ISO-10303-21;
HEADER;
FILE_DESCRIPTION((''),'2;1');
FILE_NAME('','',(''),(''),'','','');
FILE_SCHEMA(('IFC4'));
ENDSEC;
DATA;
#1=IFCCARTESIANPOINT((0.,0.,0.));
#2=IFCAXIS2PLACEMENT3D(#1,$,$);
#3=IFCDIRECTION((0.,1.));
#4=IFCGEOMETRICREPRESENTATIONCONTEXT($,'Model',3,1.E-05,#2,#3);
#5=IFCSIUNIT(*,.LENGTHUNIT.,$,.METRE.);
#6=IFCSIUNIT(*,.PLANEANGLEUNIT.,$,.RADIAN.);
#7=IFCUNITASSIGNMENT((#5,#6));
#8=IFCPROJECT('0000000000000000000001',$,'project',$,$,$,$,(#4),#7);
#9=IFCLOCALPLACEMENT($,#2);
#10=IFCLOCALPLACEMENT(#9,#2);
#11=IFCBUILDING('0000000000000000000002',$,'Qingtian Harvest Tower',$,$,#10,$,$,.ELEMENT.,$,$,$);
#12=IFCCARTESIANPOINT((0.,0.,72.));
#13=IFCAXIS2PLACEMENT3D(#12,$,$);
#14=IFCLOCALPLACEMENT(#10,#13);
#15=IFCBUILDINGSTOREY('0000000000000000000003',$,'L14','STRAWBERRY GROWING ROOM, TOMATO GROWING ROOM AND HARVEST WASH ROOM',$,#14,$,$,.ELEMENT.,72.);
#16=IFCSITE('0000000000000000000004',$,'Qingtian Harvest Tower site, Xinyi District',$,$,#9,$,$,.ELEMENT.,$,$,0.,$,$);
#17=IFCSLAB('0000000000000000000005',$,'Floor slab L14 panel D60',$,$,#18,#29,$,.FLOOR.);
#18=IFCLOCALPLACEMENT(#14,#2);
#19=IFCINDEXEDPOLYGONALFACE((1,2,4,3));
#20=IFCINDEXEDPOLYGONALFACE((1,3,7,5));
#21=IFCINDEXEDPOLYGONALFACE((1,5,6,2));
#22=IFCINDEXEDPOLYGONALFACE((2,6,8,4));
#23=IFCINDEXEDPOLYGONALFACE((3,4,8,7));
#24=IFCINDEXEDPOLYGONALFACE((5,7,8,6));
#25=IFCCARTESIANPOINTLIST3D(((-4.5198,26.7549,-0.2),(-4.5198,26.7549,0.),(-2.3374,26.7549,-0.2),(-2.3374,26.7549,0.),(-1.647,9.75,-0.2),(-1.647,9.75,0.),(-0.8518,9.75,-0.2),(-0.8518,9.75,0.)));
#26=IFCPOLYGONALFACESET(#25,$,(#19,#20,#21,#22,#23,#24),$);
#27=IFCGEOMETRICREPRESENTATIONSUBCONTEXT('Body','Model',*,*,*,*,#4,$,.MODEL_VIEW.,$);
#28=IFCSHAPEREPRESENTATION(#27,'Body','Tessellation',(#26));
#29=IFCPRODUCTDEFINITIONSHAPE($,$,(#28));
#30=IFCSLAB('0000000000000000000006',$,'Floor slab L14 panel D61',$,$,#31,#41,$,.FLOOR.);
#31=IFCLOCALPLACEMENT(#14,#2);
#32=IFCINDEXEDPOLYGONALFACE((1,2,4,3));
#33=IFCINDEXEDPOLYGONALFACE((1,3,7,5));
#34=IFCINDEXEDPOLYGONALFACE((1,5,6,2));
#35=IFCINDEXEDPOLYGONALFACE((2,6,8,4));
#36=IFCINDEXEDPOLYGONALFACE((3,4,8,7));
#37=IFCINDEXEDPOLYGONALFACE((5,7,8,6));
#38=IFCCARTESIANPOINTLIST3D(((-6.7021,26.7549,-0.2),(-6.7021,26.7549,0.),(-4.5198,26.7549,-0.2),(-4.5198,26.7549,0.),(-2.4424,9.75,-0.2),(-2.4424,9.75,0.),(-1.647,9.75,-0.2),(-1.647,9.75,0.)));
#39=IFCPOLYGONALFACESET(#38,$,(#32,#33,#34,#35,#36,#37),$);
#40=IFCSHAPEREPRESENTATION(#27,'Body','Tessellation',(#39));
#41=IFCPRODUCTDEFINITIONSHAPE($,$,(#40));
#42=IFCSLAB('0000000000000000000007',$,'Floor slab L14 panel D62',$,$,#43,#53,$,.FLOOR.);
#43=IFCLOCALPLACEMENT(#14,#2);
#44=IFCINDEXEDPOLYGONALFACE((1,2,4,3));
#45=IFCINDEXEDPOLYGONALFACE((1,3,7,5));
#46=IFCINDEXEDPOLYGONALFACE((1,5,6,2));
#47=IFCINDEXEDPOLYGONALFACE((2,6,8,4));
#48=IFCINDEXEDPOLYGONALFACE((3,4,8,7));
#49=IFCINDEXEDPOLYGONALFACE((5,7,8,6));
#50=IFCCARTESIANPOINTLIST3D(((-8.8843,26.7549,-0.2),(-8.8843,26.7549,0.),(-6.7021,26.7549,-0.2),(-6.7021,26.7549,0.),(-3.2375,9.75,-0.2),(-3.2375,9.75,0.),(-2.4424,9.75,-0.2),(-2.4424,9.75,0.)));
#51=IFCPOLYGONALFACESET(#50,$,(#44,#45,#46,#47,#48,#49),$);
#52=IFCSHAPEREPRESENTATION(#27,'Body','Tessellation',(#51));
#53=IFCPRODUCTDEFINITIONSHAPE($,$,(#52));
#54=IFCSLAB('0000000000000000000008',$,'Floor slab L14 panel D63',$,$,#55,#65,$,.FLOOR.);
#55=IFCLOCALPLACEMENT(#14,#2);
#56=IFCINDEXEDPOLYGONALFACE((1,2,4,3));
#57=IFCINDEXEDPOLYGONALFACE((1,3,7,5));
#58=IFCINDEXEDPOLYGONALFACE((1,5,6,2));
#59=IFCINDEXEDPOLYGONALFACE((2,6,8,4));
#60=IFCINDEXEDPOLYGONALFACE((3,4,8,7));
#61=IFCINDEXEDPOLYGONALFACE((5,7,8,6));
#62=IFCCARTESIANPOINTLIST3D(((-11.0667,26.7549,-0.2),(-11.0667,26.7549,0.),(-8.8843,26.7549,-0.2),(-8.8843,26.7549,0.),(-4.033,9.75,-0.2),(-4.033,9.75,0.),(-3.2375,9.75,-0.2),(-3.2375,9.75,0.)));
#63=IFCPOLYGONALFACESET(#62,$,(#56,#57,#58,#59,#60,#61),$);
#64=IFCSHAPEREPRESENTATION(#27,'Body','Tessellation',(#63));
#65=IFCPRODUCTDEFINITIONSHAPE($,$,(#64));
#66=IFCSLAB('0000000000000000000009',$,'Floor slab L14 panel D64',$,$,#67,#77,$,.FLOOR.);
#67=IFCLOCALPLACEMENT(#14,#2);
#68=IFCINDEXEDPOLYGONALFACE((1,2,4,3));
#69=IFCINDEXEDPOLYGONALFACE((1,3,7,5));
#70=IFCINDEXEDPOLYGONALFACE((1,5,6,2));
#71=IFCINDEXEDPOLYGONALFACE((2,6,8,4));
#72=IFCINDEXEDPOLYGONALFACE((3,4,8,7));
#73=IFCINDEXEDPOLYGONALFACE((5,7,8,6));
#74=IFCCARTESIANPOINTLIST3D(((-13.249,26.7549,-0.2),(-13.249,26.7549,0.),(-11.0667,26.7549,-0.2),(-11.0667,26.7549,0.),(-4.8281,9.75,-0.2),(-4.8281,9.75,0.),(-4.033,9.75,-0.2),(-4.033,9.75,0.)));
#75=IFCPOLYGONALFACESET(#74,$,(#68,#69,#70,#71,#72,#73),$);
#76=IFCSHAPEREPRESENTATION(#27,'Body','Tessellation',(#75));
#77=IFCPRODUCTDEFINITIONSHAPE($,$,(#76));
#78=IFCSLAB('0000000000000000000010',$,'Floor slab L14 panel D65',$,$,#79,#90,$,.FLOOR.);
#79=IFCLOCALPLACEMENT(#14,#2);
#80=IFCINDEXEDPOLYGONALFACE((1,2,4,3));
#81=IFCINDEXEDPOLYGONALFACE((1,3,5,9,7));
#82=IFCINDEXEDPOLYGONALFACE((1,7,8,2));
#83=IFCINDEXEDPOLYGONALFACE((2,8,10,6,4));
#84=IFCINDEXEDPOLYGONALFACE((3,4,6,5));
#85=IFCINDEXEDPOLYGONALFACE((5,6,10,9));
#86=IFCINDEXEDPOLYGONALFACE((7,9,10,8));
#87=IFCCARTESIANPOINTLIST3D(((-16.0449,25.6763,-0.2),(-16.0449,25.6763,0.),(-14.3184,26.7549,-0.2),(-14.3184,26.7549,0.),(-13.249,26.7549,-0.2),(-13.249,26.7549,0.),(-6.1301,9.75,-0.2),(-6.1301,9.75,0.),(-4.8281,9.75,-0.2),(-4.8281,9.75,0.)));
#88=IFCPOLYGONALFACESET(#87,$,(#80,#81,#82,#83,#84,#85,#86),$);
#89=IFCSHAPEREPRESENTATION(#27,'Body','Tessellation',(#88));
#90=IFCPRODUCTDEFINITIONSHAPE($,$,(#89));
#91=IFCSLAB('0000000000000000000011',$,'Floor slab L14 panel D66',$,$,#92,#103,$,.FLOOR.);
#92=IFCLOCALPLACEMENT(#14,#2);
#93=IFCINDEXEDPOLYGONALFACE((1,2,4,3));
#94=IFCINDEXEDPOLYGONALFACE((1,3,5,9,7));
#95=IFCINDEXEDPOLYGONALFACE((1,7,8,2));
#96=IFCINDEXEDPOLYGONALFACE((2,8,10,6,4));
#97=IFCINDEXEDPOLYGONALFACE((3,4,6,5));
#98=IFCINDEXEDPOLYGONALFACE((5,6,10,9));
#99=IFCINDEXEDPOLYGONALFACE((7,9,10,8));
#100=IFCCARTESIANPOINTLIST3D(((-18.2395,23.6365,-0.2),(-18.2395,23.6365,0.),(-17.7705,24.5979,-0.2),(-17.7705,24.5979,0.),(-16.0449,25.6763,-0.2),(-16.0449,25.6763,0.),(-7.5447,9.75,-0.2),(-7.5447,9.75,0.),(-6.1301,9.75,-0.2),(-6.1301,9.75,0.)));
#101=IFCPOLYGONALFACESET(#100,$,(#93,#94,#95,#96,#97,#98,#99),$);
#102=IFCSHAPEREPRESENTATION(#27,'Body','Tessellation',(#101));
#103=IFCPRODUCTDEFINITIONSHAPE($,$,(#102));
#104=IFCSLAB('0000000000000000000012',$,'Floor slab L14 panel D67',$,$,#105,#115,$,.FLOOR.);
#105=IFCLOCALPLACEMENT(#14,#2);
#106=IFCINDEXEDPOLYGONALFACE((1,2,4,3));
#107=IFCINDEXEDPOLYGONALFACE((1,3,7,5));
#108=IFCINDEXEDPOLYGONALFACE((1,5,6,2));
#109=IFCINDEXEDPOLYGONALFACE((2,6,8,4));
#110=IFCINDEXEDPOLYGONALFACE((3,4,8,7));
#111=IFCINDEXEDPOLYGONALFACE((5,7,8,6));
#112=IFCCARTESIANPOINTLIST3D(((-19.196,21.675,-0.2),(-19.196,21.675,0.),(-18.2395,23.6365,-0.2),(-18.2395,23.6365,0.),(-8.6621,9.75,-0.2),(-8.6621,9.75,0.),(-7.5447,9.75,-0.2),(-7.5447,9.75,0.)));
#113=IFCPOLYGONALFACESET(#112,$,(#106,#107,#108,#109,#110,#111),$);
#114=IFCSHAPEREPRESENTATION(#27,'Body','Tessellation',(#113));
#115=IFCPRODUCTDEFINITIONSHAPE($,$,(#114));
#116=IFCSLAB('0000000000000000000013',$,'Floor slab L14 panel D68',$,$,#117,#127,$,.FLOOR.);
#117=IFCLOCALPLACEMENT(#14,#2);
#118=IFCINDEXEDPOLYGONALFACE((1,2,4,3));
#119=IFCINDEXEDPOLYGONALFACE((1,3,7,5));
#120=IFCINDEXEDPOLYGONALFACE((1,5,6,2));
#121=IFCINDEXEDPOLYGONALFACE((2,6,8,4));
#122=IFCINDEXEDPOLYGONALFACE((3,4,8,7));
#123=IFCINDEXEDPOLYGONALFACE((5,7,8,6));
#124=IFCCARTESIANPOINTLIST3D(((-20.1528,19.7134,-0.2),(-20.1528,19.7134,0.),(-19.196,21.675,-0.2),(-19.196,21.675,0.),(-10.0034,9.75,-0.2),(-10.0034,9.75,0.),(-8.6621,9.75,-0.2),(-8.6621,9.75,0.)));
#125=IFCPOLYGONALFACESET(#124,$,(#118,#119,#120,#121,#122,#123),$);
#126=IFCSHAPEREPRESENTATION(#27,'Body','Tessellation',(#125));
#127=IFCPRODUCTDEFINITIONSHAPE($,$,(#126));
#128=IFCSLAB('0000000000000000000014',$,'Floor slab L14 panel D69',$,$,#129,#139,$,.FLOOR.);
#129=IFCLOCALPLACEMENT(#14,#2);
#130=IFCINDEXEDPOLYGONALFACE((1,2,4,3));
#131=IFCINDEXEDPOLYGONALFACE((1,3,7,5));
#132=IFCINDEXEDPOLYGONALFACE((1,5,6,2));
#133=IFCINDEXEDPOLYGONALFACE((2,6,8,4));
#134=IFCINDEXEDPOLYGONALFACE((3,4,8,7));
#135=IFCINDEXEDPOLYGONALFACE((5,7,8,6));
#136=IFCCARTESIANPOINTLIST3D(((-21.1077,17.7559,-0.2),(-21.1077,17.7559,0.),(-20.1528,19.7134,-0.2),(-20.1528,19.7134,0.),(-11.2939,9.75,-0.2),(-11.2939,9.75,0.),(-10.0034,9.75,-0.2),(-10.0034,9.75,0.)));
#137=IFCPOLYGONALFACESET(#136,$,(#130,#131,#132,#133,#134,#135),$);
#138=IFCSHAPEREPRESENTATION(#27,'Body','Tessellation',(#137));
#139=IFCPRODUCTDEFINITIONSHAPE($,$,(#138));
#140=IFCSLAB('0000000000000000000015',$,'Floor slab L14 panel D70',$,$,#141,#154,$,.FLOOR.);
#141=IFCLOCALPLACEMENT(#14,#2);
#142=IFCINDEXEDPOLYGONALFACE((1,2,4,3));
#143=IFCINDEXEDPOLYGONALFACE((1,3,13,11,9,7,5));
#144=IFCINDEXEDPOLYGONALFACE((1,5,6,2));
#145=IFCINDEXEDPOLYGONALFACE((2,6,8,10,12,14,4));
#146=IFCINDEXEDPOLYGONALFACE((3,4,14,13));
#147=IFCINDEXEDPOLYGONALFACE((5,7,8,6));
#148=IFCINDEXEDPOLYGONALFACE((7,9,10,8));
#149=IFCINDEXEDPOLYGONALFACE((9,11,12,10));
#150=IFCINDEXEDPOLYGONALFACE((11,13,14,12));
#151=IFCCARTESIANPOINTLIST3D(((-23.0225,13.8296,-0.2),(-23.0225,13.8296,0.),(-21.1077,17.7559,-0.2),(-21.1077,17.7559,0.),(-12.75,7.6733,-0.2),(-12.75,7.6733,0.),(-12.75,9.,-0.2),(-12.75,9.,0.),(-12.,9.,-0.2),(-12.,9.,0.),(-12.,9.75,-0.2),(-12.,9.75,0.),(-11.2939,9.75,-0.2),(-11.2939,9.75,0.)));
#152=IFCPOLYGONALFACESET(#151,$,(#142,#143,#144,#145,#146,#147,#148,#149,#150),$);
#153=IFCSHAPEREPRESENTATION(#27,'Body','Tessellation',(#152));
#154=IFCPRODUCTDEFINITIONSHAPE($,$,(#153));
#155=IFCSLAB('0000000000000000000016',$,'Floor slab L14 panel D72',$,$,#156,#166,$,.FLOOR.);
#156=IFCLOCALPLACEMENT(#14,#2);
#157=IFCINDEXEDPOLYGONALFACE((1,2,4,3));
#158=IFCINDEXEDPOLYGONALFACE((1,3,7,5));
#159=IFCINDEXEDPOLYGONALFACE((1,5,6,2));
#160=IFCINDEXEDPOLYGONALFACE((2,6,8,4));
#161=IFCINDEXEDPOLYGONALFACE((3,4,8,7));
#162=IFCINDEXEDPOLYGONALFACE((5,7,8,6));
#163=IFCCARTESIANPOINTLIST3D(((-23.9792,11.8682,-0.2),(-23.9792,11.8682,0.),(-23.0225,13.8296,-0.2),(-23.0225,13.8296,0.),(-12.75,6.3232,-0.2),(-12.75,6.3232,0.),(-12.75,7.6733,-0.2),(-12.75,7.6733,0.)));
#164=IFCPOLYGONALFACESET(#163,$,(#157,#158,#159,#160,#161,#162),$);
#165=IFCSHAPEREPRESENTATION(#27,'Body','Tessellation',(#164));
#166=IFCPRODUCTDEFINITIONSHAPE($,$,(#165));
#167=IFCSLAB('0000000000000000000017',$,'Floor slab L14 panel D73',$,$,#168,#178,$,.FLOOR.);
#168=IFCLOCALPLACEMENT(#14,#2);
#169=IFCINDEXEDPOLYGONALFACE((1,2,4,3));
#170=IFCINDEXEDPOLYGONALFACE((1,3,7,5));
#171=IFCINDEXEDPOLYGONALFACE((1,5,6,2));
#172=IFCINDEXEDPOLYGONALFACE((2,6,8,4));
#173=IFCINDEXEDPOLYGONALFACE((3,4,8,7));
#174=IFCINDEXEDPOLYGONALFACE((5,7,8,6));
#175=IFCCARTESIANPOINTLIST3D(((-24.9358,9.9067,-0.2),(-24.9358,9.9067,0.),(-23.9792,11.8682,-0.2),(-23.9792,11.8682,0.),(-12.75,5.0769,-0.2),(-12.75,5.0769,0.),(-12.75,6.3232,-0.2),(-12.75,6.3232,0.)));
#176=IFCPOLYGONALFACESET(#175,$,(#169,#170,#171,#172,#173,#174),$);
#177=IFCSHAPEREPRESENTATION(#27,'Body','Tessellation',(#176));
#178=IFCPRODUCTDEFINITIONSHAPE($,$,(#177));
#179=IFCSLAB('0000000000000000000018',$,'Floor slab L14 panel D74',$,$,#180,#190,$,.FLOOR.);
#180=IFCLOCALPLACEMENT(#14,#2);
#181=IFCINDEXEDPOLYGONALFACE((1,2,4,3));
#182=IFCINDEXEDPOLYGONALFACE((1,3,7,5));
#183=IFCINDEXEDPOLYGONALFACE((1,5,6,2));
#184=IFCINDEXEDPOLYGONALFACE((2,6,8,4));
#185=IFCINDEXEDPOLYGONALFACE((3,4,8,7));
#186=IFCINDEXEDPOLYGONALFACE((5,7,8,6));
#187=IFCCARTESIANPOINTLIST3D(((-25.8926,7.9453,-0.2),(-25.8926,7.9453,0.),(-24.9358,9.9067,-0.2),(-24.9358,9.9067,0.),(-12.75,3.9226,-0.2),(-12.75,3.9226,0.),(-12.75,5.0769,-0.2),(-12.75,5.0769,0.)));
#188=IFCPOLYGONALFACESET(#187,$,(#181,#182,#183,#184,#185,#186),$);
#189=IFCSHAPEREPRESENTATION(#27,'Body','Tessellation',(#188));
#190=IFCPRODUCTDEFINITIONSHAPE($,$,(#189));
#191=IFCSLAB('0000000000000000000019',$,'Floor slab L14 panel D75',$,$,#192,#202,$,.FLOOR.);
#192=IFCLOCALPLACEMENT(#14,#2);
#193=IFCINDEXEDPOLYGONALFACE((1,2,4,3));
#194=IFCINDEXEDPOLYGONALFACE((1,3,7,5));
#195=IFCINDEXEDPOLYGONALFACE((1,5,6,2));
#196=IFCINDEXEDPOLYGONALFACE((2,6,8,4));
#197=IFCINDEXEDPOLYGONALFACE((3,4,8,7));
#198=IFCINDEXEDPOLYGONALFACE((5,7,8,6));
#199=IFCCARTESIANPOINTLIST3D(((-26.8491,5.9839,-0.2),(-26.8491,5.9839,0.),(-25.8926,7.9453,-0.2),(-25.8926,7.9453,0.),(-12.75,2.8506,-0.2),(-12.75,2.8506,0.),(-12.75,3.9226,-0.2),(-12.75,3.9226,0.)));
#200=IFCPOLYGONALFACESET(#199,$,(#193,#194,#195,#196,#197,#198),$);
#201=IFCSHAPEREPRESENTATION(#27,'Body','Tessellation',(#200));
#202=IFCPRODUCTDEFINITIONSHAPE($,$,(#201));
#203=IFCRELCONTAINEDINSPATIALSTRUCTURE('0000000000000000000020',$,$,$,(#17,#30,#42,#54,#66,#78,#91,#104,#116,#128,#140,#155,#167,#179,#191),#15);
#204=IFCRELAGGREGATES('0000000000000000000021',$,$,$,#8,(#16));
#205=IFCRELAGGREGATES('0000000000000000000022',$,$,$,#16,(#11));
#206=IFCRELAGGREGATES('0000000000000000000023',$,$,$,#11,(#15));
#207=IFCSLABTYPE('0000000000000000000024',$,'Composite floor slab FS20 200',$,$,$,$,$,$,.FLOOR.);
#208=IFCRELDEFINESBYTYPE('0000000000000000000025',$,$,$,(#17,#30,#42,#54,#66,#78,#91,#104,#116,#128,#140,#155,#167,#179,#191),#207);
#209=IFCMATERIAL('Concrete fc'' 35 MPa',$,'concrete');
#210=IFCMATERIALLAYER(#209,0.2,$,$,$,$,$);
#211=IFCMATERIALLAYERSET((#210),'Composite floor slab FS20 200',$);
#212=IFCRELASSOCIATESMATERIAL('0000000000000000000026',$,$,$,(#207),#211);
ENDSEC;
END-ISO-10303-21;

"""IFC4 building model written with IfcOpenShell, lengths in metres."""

from ifc_helpers import new_model, si_unit, direction, frame, origin, place, context, subcontext, project, spatial, polyline, outline, extrude, material, layer, layer_set, type_object, element, save


model = new_model("IFC4")

# Units and contexts
model_context = context("Model", 3, precision=1e-05, world=origin(), true_north=direction((0.0, 1.0)))
body_context = subcontext(model_context, "Body", "Model", "MODEL_VIEW")
ifc_project = project(units=[si_unit("LENGTHUNIT", "METRE"), si_unit("PLANEANGLEUNIT", "RADIAN")], contexts=[model_context])

# Site, building, storey
site_placement = place(None, origin())
site = spatial("IfcSite", under=ifc_project, at=site_placement, Name="Qingtian Harvest Tower site, Xinyi District", CompositionType="ELEMENT", RefElevation=0.0)
building_placement = place(site_placement, origin())
building = spatial("IfcBuilding", under=site, at=building_placement, Name="Qingtian Harvest Tower", CompositionType="ELEMENT")
storey_placement = place(building_placement, frame((0.0, 0.0, 72.0)))
storey = spatial("IfcBuildingStorey", under=building, at=storey_placement, Name="L14", Description="STRAWBERRY GROWING ROOM, TOMATO GROWING ROOM AND HARVEST WASH ROOM", CompositionType="ELEMENT", Elevation=72.0)

# Slabs
ifc_material_1 = material(Name="Concrete fc' 35 MPa", Category="concrete")
ifc_layer_1 = layer(ifc_material_1, 0.2)
ifc_layer_set_1 = layer_set([ifc_layer_1], Name="Composite floor slab FS20 200")
slab_type = type_object("IfcSlabType", Name="Composite floor slab FS20 200", PredefinedType="FLOOR", material=ifc_layer_set_1)
slab_1_placement = place(storey_placement, frame((0.0, 0.0, -0.2)))
element("IfcSlab", 1, at=slab_1_placement, inside=storey, type_object=slab_type, Name="Floor slab L14 panel D60", PredefinedType="FLOOR", context=body_context, shape_type="SweptSolid", body=[
    extrude(outline(polyline([(-1.647, 9.75), (-4.5198, 26.7549), (-2.3374, 26.7549), (-0.8518, 9.75), (-1.647, 9.75)])), origin(), (0.0, 0.0, 1.0), 0.2),
])
slab_2_placement = place(storey_placement, frame((0.0, 0.0, -0.2)))
element("IfcSlab", 2, at=slab_2_placement, inside=storey, type_object=slab_type, Name="Floor slab L14 panel D61", PredefinedType="FLOOR", context=body_context, shape_type="SweptSolid", body=[
    extrude(outline(polyline([(-2.4424, 9.75), (-6.7021, 26.7549), (-4.5198, 26.7549), (-1.647, 9.75), (-2.4424, 9.75)])), origin(), (0.0, 0.0, 1.0), 0.2),
])
slab_3_placement = place(storey_placement, frame((0.0, 0.0, -0.2)))
element("IfcSlab", 3, at=slab_3_placement, inside=storey, type_object=slab_type, Name="Floor slab L14 panel D62", PredefinedType="FLOOR", context=body_context, shape_type="SweptSolid", body=[
    extrude(outline(polyline([(-3.2375, 9.75), (-8.8843, 26.7549), (-6.7021, 26.7549), (-2.4424, 9.75), (-3.2375, 9.75)])), origin(), (0.0, 0.0, 1.0), 0.2),
])
slab_4_placement = place(storey_placement, frame((0.0, 0.0, -0.2)))
element("IfcSlab", 4, at=slab_4_placement, inside=storey, type_object=slab_type, Name="Floor slab L14 panel D63", PredefinedType="FLOOR", context=body_context, shape_type="SweptSolid", body=[
    extrude(outline(polyline([(-4.033, 9.75), (-11.0667, 26.7549), (-8.8843, 26.7549), (-3.2375, 9.75), (-4.033, 9.75)])), origin(), (0.0, 0.0, 1.0), 0.2),
])
slab_5_placement = place(storey_placement, frame((0.0, 0.0, -0.2)))
element("IfcSlab", 5, at=slab_5_placement, inside=storey, type_object=slab_type, Name="Floor slab L14 panel D64", PredefinedType="FLOOR", context=body_context, shape_type="SweptSolid", body=[
    extrude(outline(polyline([(-4.8281, 9.75), (-13.249, 26.7549), (-11.0667, 26.7549), (-4.033, 9.75), (-4.8281, 9.75)])), origin(), (0.0, 0.0, 1.0), 0.2),
])
slab_6_placement = place(storey_placement, frame((0.0, 0.0, -0.2)))
element("IfcSlab", 6, at=slab_6_placement, inside=storey, type_object=slab_type, Name="Floor slab L14 panel D65", PredefinedType="FLOOR", context=body_context, shape_type="SweptSolid", body=[
    extrude(outline(polyline([(-4.8281, 9.75), (-6.1301, 9.75), (-16.0449, 25.6763), (-14.3184, 26.7549), (-13.249, 26.7549), (-4.8281, 9.75)])), origin(), (0.0, 0.0, 1.0), 0.2),
])
slab_7_placement = place(storey_placement, frame((0.0, 0.0, -0.2)))
element("IfcSlab", 7, at=slab_7_placement, inside=storey, type_object=slab_type, Name="Floor slab L14 panel D66", PredefinedType="FLOOR", context=body_context, shape_type="SweptSolid", body=[
    extrude(outline(polyline([(-6.1301, 9.75), (-7.5447, 9.75), (-18.2395, 23.6365), (-17.7705, 24.5979), (-16.0449, 25.6763), (-6.1301, 9.75)])), origin(), (0.0, 0.0, 1.0), 0.2),
])
slab_8_placement = place(storey_placement, frame((0.0, 0.0, -0.2)))
element("IfcSlab", 8, at=slab_8_placement, inside=storey, type_object=slab_type, Name="Floor slab L14 panel D67", PredefinedType="FLOOR", context=body_context, shape_type="SweptSolid", body=[
    extrude(outline(polyline([(-8.6621, 9.75), (-19.196, 21.675), (-18.2395, 23.6365), (-7.5447, 9.75), (-8.6621, 9.75)])), origin(), (0.0, 0.0, 1.0), 0.2),
])
slab_9_placement = place(storey_placement, frame((0.0, 0.0, -0.2)))
element("IfcSlab", 9, at=slab_9_placement, inside=storey, type_object=slab_type, Name="Floor slab L14 panel D68", PredefinedType="FLOOR", context=body_context, shape_type="SweptSolid", body=[
    extrude(outline(polyline([(-10.0034, 9.75), (-20.1528, 19.7134), (-19.196, 21.675), (-8.6621, 9.75), (-10.0034, 9.75)])), origin(), (0.0, 0.0, 1.0), 0.2),
])
slab_10_placement = place(storey_placement, frame((0.0, 0.0, -0.2)))
element("IfcSlab", 10, at=slab_10_placement, inside=storey, type_object=slab_type, Name="Floor slab L14 panel D69", PredefinedType="FLOOR", context=body_context, shape_type="SweptSolid", body=[
    extrude(outline(polyline([(-11.2939, 9.75), (-21.1077, 17.7559), (-20.1528, 19.7134), (-10.0034, 9.75), (-11.2939, 9.75)])), origin(), (0.0, 0.0, 1.0), 0.2),
])
slab_11_placement = place(storey_placement, frame((0.0, 0.0, -0.2)))
element("IfcSlab", 11, at=slab_11_placement, inside=storey, type_object=slab_type, Name="Floor slab L14 panel D70", PredefinedType="FLOOR", context=body_context, shape_type="SweptSolid", body=[
    extrude(outline(polyline([(-12.0, 9.0), (-12.75, 9.0), (-12.75, 7.6733), (-23.0225, 13.8296), (-21.1077, 17.7559), (-11.2939, 9.75), (-12.0, 9.75), (-12.0, 9.0)])), origin(), (0.0, 0.0, 1.0), 0.2),
])
slab_12_placement = place(storey_placement, frame((0.0, 0.0, -0.2)))
element("IfcSlab", 12, at=slab_12_placement, inside=storey, type_object=slab_type, Name="Floor slab L14 panel D72", PredefinedType="FLOOR", context=body_context, shape_type="SweptSolid", body=[
    extrude(outline(polyline([(-12.75, 6.3232), (-23.9792, 11.8682), (-23.0225, 13.8296), (-12.75, 7.6733), (-12.75, 6.3232)])), origin(), (0.0, 0.0, 1.0), 0.2),
])
slab_13_placement = place(storey_placement, frame((0.0, 0.0, -0.2)))
element("IfcSlab", 13, at=slab_13_placement, inside=storey, type_object=slab_type, Name="Floor slab L14 panel D73", PredefinedType="FLOOR", context=body_context, shape_type="SweptSolid", body=[
    extrude(outline(polyline([(-12.75, 5.0769), (-24.9358, 9.9067), (-23.9792, 11.8682), (-12.75, 6.3232), (-12.75, 5.0769)])), origin(), (0.0, 0.0, 1.0), 0.2),
])
slab_14_placement = place(storey_placement, frame((0.0, 0.0, -0.2)))
element("IfcSlab", 14, at=slab_14_placement, inside=storey, type_object=slab_type, Name="Floor slab L14 panel D74", PredefinedType="FLOOR", context=body_context, shape_type="SweptSolid", body=[
    extrude(outline(polyline([(-12.75, 3.9226), (-25.8926, 7.9453), (-24.9358, 9.9067), (-12.75, 5.0769), (-12.75, 3.9226)])), origin(), (0.0, 0.0, 1.0), 0.2),
])
slab_15_placement = place(storey_placement, frame((0.0, 0.0, -0.2)))
element("IfcSlab", 15, at=slab_15_placement, inside=storey, type_object=slab_type, Name="Floor slab L14 panel D75", PredefinedType="FLOOR", context=body_context, shape_type="SweptSolid", body=[
    extrude(outline(polyline([(-12.75, 2.8506), (-26.8491, 5.9839), (-25.8926, 7.9453), (-12.75, 3.9226), (-12.75, 2.8506)])), origin(), (0.0, 0.0, 1.0), 0.2),
])

save(model, "model.ifc")
